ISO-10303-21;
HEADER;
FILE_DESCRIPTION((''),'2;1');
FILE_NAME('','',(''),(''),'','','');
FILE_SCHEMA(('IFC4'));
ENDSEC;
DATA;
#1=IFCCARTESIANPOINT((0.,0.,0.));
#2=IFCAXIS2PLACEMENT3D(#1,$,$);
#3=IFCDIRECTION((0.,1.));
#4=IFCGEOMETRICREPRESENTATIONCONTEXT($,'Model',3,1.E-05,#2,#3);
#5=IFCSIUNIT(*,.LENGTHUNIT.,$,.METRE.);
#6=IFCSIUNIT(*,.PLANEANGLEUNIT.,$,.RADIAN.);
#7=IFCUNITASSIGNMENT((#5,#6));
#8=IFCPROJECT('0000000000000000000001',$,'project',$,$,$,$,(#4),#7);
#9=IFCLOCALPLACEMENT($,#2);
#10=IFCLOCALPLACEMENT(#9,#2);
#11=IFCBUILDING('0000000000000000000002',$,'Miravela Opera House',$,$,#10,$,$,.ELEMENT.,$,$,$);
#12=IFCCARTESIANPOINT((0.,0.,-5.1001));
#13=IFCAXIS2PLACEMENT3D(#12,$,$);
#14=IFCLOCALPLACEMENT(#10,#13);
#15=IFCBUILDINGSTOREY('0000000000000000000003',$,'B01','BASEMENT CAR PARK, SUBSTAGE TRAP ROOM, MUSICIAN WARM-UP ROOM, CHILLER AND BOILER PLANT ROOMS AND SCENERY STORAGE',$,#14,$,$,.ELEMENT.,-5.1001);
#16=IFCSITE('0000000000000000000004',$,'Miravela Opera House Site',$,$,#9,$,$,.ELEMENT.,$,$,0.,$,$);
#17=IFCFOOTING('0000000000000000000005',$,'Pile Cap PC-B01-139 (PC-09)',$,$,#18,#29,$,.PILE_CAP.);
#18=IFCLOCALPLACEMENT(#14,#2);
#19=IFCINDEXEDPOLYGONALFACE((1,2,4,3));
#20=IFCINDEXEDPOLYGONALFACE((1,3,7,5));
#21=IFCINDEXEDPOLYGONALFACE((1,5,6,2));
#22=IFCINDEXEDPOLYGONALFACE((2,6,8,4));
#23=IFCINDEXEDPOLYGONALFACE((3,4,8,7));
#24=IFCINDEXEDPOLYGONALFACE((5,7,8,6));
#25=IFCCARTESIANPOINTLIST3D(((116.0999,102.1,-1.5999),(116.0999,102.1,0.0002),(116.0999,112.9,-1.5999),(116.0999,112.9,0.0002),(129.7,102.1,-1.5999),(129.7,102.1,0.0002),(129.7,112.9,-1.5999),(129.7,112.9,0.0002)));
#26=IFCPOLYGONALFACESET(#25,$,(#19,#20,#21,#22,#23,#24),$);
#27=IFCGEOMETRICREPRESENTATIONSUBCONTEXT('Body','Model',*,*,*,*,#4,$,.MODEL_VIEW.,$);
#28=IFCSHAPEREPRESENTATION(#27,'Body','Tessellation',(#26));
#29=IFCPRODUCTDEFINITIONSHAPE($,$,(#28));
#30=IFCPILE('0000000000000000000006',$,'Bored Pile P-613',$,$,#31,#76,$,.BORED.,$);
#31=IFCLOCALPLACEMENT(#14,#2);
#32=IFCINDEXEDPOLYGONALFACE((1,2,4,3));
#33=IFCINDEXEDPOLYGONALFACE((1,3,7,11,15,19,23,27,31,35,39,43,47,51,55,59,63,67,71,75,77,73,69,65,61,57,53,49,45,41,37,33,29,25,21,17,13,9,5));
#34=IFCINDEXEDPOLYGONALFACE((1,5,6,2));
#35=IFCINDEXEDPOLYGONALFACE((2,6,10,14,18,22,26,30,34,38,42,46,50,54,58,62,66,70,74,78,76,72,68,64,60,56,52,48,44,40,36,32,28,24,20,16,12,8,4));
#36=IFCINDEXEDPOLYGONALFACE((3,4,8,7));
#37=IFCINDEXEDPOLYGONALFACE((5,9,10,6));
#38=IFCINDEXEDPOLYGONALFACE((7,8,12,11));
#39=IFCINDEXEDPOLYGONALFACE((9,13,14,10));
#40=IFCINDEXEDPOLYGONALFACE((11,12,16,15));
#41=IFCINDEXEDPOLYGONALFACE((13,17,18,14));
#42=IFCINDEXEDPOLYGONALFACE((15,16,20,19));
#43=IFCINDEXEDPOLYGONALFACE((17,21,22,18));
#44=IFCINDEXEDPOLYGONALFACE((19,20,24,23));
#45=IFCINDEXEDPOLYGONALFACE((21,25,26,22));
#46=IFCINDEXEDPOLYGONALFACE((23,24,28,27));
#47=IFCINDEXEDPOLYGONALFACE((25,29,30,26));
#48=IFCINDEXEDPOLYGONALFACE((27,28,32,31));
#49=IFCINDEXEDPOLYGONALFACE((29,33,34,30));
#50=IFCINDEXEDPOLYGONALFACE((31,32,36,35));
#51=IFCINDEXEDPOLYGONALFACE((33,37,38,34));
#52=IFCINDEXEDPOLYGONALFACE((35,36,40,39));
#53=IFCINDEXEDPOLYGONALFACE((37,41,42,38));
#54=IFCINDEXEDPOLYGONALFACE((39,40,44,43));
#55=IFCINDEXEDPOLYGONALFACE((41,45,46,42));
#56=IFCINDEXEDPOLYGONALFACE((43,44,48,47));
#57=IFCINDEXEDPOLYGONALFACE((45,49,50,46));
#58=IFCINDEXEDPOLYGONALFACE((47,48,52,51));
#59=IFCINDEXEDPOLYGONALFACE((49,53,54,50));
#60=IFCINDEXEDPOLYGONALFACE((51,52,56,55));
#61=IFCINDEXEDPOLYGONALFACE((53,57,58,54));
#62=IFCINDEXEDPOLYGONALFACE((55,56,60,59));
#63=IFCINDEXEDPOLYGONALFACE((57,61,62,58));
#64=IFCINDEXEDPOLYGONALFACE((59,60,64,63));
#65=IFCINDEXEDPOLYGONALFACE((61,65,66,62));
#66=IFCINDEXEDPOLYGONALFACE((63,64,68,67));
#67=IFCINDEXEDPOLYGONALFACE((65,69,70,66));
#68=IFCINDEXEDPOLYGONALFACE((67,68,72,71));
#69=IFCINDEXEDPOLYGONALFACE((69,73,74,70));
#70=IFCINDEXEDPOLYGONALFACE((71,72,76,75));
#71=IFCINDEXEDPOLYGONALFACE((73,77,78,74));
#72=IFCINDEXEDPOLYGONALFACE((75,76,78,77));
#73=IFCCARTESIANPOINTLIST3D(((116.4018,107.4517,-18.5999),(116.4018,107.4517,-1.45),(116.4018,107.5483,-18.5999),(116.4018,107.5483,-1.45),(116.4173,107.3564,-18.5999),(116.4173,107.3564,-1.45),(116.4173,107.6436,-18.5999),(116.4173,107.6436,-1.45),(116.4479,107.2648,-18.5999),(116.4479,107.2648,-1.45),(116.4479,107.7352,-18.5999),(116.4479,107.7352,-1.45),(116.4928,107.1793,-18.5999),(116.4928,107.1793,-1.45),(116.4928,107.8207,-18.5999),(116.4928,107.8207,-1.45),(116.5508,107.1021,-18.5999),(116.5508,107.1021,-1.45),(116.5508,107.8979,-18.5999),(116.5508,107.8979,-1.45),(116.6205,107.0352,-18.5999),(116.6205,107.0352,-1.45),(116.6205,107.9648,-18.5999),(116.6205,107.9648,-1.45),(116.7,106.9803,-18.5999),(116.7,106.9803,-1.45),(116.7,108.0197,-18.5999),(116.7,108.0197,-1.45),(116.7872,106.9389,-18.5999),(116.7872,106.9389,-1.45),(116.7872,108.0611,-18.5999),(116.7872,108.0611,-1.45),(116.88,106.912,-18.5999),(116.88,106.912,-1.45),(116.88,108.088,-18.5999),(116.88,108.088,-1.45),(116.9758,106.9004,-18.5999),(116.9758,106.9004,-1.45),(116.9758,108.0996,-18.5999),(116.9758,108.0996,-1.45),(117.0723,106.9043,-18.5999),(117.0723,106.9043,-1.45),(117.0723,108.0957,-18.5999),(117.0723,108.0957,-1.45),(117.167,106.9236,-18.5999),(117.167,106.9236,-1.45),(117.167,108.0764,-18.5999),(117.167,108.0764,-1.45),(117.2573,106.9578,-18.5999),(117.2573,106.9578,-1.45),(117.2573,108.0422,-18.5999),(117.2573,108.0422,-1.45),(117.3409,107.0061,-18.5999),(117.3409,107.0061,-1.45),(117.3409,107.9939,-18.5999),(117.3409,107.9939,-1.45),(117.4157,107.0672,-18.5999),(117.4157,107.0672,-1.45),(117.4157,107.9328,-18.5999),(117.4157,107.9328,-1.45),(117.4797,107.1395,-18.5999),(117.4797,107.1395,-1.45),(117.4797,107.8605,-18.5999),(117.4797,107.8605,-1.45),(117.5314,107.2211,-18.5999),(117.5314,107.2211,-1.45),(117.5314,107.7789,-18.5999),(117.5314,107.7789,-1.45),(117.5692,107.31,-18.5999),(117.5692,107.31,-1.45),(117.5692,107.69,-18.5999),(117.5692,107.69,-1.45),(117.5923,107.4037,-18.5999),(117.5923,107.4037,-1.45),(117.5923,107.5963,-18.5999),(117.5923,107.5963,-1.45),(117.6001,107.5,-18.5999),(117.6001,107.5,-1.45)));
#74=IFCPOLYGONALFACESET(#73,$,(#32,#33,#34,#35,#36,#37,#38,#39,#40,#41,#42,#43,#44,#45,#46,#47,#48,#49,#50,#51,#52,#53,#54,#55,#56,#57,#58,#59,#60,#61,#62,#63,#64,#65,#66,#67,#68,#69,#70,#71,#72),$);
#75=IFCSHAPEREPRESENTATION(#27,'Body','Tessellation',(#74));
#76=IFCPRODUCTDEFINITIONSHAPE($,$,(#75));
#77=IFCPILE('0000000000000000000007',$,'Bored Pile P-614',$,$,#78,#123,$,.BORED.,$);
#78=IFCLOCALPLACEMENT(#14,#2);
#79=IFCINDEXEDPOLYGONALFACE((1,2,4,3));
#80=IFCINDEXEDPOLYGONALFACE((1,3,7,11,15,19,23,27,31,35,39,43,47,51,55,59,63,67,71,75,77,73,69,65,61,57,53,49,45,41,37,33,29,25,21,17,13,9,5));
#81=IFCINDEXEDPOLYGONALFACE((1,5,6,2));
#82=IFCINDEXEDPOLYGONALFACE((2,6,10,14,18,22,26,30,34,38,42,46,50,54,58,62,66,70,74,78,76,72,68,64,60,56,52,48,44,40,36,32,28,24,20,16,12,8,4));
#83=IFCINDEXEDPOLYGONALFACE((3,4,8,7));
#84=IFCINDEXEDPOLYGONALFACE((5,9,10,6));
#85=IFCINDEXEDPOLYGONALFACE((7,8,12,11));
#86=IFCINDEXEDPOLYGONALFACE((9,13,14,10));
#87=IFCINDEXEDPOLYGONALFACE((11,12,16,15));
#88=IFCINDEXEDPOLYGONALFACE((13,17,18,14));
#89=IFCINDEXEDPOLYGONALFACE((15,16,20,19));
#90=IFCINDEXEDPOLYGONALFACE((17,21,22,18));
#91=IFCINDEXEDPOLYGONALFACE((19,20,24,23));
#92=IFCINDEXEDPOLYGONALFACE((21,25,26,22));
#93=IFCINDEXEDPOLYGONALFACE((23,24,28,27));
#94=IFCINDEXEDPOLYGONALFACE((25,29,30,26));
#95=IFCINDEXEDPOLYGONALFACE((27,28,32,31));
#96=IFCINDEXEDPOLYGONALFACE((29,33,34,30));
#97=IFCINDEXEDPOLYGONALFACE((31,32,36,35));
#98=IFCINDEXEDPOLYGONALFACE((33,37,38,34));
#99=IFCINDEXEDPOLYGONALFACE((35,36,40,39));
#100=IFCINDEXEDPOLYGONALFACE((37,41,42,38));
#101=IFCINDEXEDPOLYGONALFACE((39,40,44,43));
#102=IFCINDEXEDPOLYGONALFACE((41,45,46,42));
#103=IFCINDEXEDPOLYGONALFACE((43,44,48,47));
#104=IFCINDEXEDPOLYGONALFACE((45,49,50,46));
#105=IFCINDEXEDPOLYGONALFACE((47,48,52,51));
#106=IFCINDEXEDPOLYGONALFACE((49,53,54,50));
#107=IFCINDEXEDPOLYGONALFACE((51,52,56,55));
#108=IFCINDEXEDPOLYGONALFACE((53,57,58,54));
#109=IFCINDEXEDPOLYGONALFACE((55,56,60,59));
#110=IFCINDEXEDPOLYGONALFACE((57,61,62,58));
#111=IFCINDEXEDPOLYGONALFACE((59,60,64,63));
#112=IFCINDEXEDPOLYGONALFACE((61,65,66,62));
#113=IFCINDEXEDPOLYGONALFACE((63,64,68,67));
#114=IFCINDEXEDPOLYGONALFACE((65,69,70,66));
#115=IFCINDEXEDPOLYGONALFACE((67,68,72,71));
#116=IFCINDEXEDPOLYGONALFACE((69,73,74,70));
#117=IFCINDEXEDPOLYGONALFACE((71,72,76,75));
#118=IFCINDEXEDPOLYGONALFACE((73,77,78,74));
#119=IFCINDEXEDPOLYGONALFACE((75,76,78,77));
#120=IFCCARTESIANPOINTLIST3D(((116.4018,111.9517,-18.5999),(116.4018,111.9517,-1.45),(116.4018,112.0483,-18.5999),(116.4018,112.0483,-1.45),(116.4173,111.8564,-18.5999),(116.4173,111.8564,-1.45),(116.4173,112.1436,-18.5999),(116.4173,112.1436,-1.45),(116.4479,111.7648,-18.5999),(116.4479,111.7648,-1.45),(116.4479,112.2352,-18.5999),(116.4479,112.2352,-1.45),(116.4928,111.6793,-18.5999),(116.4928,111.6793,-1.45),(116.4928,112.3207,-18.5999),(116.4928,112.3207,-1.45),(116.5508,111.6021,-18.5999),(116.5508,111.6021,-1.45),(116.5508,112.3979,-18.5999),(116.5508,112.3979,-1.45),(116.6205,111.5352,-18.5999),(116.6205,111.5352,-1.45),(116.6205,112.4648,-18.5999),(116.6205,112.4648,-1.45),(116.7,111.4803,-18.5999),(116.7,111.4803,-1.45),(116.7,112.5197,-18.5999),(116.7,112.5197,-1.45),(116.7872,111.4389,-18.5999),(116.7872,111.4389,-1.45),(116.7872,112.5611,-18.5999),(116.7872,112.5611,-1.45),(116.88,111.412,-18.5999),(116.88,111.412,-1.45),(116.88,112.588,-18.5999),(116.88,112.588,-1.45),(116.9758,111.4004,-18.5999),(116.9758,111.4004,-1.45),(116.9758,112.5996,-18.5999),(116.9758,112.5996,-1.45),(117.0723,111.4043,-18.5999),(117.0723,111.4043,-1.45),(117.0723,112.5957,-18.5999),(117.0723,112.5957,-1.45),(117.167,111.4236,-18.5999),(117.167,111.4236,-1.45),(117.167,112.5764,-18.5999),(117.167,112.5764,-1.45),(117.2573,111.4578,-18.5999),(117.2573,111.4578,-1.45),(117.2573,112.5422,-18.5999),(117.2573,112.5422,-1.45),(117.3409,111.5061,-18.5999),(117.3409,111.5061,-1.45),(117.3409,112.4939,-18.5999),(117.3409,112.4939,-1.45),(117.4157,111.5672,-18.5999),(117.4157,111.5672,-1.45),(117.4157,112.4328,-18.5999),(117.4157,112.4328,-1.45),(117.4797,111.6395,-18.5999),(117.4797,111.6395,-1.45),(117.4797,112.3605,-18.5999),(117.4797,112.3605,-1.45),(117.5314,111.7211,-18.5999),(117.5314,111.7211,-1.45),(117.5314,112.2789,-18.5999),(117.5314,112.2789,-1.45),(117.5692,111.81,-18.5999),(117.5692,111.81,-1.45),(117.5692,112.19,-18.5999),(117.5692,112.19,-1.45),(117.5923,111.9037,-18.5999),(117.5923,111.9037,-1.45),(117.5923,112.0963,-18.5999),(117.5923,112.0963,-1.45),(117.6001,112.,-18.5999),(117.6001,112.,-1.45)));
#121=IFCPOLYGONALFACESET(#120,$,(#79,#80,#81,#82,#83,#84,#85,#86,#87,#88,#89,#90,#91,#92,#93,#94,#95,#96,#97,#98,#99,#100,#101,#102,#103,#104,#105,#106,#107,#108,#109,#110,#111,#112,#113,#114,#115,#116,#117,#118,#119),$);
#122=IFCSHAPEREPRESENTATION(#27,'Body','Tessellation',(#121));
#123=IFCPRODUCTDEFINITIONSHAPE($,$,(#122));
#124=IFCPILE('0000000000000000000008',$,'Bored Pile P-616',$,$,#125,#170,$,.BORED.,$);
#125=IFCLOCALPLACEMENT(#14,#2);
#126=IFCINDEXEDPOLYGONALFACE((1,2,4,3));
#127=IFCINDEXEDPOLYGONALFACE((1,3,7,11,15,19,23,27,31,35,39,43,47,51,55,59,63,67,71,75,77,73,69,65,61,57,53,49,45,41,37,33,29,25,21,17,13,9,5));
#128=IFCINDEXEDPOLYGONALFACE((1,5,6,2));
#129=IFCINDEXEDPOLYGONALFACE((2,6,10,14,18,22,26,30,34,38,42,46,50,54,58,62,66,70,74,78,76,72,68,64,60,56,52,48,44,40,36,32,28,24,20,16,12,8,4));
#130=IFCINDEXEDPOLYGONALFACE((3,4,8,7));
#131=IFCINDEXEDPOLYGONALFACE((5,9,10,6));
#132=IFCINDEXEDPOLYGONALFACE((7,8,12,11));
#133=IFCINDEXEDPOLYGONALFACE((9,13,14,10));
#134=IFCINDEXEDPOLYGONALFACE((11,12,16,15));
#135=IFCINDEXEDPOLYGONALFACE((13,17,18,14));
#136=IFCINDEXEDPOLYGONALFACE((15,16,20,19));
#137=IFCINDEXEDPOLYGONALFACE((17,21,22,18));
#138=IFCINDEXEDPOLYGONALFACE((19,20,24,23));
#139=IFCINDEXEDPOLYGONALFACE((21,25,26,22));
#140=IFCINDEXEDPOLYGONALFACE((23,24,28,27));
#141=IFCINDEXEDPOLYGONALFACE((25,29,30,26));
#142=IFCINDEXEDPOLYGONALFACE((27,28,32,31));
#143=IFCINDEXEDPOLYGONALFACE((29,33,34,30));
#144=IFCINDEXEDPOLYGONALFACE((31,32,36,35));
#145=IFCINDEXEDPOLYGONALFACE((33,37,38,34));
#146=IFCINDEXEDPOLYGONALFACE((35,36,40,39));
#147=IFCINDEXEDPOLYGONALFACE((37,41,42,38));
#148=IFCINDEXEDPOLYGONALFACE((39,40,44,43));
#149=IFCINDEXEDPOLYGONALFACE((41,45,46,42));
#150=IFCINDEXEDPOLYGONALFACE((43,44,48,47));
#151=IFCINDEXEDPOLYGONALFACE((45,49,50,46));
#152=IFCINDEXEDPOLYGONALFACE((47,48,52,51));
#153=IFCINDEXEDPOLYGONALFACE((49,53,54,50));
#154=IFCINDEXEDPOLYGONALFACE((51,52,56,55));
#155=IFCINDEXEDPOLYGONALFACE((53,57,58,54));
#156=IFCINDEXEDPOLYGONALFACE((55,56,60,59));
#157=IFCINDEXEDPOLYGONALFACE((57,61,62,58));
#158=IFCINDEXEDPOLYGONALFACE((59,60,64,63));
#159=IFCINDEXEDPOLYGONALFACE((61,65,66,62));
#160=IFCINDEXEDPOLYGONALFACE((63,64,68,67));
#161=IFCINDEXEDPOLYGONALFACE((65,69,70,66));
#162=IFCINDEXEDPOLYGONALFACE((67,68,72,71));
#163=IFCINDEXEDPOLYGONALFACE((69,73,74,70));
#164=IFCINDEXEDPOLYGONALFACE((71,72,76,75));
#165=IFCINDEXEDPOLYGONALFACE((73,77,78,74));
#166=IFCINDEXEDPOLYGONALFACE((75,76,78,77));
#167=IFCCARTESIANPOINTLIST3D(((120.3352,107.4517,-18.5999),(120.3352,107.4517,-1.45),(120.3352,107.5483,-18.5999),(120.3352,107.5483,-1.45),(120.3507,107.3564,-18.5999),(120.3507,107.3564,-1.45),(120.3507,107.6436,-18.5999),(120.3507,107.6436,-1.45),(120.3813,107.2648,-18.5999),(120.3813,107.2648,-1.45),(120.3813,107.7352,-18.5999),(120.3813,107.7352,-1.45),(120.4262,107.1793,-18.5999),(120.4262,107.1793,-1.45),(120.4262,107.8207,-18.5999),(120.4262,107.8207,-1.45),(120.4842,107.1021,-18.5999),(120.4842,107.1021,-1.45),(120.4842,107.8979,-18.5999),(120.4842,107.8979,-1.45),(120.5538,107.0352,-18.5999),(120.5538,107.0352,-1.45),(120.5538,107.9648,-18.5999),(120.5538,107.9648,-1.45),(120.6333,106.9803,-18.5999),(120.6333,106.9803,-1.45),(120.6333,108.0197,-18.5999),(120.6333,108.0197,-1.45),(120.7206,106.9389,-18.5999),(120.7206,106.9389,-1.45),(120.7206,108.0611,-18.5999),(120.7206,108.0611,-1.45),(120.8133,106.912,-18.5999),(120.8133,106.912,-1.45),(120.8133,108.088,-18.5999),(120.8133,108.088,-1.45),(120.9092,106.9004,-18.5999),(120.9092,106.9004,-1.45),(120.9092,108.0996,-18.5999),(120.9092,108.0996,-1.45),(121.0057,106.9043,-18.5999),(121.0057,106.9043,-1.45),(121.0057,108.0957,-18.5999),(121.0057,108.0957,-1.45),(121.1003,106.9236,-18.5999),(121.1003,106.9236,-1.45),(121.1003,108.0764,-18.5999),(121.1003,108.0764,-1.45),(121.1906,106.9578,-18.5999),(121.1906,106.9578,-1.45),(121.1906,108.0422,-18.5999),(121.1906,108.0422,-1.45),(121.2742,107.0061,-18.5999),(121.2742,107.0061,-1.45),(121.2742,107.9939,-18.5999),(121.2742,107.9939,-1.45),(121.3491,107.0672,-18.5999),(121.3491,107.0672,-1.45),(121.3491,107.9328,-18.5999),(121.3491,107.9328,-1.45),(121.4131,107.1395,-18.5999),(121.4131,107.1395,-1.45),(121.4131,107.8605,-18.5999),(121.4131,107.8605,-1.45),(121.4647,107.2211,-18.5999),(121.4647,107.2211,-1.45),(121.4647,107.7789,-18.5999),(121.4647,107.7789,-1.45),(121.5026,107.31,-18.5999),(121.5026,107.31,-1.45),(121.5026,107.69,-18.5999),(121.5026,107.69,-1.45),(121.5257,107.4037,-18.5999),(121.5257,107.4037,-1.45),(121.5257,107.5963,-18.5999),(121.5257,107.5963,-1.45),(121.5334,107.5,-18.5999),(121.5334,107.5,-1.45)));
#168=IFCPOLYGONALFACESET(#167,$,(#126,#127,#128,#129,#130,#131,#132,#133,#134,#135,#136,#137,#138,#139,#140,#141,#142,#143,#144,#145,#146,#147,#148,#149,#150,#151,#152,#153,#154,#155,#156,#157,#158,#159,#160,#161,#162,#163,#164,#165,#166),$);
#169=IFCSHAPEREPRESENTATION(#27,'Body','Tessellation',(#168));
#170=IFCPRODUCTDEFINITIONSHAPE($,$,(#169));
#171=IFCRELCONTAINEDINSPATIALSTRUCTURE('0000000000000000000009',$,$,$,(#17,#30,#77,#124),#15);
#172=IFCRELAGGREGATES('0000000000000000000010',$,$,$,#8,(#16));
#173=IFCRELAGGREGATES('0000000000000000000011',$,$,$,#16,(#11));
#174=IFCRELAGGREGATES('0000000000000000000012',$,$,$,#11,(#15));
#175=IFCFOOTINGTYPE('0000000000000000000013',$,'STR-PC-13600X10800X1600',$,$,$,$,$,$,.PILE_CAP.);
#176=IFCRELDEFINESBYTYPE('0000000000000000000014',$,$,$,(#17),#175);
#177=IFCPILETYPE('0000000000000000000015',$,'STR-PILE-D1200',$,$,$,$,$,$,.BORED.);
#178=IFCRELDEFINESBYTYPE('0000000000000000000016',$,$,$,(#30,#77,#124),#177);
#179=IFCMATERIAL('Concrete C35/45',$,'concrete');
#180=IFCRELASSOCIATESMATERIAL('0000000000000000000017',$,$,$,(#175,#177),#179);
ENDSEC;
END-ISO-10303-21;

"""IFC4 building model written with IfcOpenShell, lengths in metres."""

from ifc_helpers import new_model, si_unit, direction, frame, origin, origin_2d, place, context, subcontext, project, spatial, rectangle, circle, extrude, material, material_profile, profile_set, type_object, element, save


model = new_model("IFC4")

# Units and contexts
model_context = context("Model", 3, precision=1e-05, world=origin(), true_north=direction((0.0, 1.0)))
body_context = subcontext(model_context, "Body", "Model", "MODEL_VIEW")
ifc_project = project(units=[si_unit("LENGTHUNIT", "METRE"), si_unit("PLANEANGLEUNIT", "RADIAN")], contexts=[model_context])

# Site, building, storey
site_placement = place(None, origin())
site = spatial("IfcSite", under=ifc_project, at=site_placement, Name="Miravela Opera House Site", CompositionType="ELEMENT", RefElevation=0.0)
building_placement = place(site_placement, origin())
building = spatial("IfcBuilding", under=site, at=building_placement, Name="Miravela Opera House", CompositionType="ELEMENT")
storey_placement = place(building_placement, frame((0.0, 0.0, -5.1001)))
storey = spatial("IfcBuildingStorey", under=building, at=storey_placement, Name="B01", Description="BASEMENT CAR PARK, SUBSTAGE TRAP ROOM, MUSICIAN WARM-UP ROOM, CHILLER AND BOILER PLANT ROOMS AND SCENERY STORAGE", CompositionType="ELEMENT", Elevation=-5.1001)

# Footing
ifc_material_1 = material(Name="Concrete C35/45", Category="concrete")
footing_type = type_object("IfcFootingType", Name="STR-PC-13600X10800X1600", PredefinedType="PILE_CAP", material=ifc_material_1)
footing_placement = place(storey_placement, frame((122.8999, 107.5, -1.5999), z_axis=(0.0, 0.0, 1.0), x_axis=(1.0, 0.0, 0.0)))
element("IfcFooting", 1, at=footing_placement, inside=storey, type_object=footing_type, Name="Pile Cap PC-B01-139 (PC-09)", PredefinedType="PILE_CAP", context=body_context, shape_type="SweptSolid", body=[
    extrude(rectangle(XDim=13.6001, YDim=10.8, at=origin_2d()), origin(), (0.0, 0.0, 1.0), 1.6001),
])

# Piles
ifc_material_profile_1 = material_profile(ifc_material_1, circle(Radius=0.6001, at=origin_2d()), Name="PILE-D1200")
ifc_profile_set_1 = profile_set([ifc_material_profile_1])
pile_type = type_object("IfcPileType", Name="STR-PILE-D1200", PredefinedType="BORED", material=ifc_profile_set_1)
for number, where, z_axis, x_axis, name in (
    (2, (117.0, 107.5, -1.45), (0.0, 0.0, -1.0), (1.0, 0.0, 0.0), "Bored Pile P-613"),
    (3, (117.0, 112.0, -1.45), (0.0, 0.0, -1.0), (1.0, 0.0, 0.0), "Bored Pile P-614"),
    (4, (120.9333, 107.5, -1.45), (0.0, 0.0, -1.0), (1.0, 0.0, 0.0), "Bored Pile P-616"),
):
    element("IfcPile", number, at=place(storey_placement, frame(where, z_axis=z_axis, x_axis=x_axis)), inside=storey, type_object=pile_type, Name=name, PredefinedType="BORED", context=body_context, shape_type="SweptSolid", body=[
        extrude(circle(Radius=0.6001, at=origin_2d()), origin(), (0.0, 0.0, 1.0), 17.1499),
    ])

save(model, "model.ifc")
